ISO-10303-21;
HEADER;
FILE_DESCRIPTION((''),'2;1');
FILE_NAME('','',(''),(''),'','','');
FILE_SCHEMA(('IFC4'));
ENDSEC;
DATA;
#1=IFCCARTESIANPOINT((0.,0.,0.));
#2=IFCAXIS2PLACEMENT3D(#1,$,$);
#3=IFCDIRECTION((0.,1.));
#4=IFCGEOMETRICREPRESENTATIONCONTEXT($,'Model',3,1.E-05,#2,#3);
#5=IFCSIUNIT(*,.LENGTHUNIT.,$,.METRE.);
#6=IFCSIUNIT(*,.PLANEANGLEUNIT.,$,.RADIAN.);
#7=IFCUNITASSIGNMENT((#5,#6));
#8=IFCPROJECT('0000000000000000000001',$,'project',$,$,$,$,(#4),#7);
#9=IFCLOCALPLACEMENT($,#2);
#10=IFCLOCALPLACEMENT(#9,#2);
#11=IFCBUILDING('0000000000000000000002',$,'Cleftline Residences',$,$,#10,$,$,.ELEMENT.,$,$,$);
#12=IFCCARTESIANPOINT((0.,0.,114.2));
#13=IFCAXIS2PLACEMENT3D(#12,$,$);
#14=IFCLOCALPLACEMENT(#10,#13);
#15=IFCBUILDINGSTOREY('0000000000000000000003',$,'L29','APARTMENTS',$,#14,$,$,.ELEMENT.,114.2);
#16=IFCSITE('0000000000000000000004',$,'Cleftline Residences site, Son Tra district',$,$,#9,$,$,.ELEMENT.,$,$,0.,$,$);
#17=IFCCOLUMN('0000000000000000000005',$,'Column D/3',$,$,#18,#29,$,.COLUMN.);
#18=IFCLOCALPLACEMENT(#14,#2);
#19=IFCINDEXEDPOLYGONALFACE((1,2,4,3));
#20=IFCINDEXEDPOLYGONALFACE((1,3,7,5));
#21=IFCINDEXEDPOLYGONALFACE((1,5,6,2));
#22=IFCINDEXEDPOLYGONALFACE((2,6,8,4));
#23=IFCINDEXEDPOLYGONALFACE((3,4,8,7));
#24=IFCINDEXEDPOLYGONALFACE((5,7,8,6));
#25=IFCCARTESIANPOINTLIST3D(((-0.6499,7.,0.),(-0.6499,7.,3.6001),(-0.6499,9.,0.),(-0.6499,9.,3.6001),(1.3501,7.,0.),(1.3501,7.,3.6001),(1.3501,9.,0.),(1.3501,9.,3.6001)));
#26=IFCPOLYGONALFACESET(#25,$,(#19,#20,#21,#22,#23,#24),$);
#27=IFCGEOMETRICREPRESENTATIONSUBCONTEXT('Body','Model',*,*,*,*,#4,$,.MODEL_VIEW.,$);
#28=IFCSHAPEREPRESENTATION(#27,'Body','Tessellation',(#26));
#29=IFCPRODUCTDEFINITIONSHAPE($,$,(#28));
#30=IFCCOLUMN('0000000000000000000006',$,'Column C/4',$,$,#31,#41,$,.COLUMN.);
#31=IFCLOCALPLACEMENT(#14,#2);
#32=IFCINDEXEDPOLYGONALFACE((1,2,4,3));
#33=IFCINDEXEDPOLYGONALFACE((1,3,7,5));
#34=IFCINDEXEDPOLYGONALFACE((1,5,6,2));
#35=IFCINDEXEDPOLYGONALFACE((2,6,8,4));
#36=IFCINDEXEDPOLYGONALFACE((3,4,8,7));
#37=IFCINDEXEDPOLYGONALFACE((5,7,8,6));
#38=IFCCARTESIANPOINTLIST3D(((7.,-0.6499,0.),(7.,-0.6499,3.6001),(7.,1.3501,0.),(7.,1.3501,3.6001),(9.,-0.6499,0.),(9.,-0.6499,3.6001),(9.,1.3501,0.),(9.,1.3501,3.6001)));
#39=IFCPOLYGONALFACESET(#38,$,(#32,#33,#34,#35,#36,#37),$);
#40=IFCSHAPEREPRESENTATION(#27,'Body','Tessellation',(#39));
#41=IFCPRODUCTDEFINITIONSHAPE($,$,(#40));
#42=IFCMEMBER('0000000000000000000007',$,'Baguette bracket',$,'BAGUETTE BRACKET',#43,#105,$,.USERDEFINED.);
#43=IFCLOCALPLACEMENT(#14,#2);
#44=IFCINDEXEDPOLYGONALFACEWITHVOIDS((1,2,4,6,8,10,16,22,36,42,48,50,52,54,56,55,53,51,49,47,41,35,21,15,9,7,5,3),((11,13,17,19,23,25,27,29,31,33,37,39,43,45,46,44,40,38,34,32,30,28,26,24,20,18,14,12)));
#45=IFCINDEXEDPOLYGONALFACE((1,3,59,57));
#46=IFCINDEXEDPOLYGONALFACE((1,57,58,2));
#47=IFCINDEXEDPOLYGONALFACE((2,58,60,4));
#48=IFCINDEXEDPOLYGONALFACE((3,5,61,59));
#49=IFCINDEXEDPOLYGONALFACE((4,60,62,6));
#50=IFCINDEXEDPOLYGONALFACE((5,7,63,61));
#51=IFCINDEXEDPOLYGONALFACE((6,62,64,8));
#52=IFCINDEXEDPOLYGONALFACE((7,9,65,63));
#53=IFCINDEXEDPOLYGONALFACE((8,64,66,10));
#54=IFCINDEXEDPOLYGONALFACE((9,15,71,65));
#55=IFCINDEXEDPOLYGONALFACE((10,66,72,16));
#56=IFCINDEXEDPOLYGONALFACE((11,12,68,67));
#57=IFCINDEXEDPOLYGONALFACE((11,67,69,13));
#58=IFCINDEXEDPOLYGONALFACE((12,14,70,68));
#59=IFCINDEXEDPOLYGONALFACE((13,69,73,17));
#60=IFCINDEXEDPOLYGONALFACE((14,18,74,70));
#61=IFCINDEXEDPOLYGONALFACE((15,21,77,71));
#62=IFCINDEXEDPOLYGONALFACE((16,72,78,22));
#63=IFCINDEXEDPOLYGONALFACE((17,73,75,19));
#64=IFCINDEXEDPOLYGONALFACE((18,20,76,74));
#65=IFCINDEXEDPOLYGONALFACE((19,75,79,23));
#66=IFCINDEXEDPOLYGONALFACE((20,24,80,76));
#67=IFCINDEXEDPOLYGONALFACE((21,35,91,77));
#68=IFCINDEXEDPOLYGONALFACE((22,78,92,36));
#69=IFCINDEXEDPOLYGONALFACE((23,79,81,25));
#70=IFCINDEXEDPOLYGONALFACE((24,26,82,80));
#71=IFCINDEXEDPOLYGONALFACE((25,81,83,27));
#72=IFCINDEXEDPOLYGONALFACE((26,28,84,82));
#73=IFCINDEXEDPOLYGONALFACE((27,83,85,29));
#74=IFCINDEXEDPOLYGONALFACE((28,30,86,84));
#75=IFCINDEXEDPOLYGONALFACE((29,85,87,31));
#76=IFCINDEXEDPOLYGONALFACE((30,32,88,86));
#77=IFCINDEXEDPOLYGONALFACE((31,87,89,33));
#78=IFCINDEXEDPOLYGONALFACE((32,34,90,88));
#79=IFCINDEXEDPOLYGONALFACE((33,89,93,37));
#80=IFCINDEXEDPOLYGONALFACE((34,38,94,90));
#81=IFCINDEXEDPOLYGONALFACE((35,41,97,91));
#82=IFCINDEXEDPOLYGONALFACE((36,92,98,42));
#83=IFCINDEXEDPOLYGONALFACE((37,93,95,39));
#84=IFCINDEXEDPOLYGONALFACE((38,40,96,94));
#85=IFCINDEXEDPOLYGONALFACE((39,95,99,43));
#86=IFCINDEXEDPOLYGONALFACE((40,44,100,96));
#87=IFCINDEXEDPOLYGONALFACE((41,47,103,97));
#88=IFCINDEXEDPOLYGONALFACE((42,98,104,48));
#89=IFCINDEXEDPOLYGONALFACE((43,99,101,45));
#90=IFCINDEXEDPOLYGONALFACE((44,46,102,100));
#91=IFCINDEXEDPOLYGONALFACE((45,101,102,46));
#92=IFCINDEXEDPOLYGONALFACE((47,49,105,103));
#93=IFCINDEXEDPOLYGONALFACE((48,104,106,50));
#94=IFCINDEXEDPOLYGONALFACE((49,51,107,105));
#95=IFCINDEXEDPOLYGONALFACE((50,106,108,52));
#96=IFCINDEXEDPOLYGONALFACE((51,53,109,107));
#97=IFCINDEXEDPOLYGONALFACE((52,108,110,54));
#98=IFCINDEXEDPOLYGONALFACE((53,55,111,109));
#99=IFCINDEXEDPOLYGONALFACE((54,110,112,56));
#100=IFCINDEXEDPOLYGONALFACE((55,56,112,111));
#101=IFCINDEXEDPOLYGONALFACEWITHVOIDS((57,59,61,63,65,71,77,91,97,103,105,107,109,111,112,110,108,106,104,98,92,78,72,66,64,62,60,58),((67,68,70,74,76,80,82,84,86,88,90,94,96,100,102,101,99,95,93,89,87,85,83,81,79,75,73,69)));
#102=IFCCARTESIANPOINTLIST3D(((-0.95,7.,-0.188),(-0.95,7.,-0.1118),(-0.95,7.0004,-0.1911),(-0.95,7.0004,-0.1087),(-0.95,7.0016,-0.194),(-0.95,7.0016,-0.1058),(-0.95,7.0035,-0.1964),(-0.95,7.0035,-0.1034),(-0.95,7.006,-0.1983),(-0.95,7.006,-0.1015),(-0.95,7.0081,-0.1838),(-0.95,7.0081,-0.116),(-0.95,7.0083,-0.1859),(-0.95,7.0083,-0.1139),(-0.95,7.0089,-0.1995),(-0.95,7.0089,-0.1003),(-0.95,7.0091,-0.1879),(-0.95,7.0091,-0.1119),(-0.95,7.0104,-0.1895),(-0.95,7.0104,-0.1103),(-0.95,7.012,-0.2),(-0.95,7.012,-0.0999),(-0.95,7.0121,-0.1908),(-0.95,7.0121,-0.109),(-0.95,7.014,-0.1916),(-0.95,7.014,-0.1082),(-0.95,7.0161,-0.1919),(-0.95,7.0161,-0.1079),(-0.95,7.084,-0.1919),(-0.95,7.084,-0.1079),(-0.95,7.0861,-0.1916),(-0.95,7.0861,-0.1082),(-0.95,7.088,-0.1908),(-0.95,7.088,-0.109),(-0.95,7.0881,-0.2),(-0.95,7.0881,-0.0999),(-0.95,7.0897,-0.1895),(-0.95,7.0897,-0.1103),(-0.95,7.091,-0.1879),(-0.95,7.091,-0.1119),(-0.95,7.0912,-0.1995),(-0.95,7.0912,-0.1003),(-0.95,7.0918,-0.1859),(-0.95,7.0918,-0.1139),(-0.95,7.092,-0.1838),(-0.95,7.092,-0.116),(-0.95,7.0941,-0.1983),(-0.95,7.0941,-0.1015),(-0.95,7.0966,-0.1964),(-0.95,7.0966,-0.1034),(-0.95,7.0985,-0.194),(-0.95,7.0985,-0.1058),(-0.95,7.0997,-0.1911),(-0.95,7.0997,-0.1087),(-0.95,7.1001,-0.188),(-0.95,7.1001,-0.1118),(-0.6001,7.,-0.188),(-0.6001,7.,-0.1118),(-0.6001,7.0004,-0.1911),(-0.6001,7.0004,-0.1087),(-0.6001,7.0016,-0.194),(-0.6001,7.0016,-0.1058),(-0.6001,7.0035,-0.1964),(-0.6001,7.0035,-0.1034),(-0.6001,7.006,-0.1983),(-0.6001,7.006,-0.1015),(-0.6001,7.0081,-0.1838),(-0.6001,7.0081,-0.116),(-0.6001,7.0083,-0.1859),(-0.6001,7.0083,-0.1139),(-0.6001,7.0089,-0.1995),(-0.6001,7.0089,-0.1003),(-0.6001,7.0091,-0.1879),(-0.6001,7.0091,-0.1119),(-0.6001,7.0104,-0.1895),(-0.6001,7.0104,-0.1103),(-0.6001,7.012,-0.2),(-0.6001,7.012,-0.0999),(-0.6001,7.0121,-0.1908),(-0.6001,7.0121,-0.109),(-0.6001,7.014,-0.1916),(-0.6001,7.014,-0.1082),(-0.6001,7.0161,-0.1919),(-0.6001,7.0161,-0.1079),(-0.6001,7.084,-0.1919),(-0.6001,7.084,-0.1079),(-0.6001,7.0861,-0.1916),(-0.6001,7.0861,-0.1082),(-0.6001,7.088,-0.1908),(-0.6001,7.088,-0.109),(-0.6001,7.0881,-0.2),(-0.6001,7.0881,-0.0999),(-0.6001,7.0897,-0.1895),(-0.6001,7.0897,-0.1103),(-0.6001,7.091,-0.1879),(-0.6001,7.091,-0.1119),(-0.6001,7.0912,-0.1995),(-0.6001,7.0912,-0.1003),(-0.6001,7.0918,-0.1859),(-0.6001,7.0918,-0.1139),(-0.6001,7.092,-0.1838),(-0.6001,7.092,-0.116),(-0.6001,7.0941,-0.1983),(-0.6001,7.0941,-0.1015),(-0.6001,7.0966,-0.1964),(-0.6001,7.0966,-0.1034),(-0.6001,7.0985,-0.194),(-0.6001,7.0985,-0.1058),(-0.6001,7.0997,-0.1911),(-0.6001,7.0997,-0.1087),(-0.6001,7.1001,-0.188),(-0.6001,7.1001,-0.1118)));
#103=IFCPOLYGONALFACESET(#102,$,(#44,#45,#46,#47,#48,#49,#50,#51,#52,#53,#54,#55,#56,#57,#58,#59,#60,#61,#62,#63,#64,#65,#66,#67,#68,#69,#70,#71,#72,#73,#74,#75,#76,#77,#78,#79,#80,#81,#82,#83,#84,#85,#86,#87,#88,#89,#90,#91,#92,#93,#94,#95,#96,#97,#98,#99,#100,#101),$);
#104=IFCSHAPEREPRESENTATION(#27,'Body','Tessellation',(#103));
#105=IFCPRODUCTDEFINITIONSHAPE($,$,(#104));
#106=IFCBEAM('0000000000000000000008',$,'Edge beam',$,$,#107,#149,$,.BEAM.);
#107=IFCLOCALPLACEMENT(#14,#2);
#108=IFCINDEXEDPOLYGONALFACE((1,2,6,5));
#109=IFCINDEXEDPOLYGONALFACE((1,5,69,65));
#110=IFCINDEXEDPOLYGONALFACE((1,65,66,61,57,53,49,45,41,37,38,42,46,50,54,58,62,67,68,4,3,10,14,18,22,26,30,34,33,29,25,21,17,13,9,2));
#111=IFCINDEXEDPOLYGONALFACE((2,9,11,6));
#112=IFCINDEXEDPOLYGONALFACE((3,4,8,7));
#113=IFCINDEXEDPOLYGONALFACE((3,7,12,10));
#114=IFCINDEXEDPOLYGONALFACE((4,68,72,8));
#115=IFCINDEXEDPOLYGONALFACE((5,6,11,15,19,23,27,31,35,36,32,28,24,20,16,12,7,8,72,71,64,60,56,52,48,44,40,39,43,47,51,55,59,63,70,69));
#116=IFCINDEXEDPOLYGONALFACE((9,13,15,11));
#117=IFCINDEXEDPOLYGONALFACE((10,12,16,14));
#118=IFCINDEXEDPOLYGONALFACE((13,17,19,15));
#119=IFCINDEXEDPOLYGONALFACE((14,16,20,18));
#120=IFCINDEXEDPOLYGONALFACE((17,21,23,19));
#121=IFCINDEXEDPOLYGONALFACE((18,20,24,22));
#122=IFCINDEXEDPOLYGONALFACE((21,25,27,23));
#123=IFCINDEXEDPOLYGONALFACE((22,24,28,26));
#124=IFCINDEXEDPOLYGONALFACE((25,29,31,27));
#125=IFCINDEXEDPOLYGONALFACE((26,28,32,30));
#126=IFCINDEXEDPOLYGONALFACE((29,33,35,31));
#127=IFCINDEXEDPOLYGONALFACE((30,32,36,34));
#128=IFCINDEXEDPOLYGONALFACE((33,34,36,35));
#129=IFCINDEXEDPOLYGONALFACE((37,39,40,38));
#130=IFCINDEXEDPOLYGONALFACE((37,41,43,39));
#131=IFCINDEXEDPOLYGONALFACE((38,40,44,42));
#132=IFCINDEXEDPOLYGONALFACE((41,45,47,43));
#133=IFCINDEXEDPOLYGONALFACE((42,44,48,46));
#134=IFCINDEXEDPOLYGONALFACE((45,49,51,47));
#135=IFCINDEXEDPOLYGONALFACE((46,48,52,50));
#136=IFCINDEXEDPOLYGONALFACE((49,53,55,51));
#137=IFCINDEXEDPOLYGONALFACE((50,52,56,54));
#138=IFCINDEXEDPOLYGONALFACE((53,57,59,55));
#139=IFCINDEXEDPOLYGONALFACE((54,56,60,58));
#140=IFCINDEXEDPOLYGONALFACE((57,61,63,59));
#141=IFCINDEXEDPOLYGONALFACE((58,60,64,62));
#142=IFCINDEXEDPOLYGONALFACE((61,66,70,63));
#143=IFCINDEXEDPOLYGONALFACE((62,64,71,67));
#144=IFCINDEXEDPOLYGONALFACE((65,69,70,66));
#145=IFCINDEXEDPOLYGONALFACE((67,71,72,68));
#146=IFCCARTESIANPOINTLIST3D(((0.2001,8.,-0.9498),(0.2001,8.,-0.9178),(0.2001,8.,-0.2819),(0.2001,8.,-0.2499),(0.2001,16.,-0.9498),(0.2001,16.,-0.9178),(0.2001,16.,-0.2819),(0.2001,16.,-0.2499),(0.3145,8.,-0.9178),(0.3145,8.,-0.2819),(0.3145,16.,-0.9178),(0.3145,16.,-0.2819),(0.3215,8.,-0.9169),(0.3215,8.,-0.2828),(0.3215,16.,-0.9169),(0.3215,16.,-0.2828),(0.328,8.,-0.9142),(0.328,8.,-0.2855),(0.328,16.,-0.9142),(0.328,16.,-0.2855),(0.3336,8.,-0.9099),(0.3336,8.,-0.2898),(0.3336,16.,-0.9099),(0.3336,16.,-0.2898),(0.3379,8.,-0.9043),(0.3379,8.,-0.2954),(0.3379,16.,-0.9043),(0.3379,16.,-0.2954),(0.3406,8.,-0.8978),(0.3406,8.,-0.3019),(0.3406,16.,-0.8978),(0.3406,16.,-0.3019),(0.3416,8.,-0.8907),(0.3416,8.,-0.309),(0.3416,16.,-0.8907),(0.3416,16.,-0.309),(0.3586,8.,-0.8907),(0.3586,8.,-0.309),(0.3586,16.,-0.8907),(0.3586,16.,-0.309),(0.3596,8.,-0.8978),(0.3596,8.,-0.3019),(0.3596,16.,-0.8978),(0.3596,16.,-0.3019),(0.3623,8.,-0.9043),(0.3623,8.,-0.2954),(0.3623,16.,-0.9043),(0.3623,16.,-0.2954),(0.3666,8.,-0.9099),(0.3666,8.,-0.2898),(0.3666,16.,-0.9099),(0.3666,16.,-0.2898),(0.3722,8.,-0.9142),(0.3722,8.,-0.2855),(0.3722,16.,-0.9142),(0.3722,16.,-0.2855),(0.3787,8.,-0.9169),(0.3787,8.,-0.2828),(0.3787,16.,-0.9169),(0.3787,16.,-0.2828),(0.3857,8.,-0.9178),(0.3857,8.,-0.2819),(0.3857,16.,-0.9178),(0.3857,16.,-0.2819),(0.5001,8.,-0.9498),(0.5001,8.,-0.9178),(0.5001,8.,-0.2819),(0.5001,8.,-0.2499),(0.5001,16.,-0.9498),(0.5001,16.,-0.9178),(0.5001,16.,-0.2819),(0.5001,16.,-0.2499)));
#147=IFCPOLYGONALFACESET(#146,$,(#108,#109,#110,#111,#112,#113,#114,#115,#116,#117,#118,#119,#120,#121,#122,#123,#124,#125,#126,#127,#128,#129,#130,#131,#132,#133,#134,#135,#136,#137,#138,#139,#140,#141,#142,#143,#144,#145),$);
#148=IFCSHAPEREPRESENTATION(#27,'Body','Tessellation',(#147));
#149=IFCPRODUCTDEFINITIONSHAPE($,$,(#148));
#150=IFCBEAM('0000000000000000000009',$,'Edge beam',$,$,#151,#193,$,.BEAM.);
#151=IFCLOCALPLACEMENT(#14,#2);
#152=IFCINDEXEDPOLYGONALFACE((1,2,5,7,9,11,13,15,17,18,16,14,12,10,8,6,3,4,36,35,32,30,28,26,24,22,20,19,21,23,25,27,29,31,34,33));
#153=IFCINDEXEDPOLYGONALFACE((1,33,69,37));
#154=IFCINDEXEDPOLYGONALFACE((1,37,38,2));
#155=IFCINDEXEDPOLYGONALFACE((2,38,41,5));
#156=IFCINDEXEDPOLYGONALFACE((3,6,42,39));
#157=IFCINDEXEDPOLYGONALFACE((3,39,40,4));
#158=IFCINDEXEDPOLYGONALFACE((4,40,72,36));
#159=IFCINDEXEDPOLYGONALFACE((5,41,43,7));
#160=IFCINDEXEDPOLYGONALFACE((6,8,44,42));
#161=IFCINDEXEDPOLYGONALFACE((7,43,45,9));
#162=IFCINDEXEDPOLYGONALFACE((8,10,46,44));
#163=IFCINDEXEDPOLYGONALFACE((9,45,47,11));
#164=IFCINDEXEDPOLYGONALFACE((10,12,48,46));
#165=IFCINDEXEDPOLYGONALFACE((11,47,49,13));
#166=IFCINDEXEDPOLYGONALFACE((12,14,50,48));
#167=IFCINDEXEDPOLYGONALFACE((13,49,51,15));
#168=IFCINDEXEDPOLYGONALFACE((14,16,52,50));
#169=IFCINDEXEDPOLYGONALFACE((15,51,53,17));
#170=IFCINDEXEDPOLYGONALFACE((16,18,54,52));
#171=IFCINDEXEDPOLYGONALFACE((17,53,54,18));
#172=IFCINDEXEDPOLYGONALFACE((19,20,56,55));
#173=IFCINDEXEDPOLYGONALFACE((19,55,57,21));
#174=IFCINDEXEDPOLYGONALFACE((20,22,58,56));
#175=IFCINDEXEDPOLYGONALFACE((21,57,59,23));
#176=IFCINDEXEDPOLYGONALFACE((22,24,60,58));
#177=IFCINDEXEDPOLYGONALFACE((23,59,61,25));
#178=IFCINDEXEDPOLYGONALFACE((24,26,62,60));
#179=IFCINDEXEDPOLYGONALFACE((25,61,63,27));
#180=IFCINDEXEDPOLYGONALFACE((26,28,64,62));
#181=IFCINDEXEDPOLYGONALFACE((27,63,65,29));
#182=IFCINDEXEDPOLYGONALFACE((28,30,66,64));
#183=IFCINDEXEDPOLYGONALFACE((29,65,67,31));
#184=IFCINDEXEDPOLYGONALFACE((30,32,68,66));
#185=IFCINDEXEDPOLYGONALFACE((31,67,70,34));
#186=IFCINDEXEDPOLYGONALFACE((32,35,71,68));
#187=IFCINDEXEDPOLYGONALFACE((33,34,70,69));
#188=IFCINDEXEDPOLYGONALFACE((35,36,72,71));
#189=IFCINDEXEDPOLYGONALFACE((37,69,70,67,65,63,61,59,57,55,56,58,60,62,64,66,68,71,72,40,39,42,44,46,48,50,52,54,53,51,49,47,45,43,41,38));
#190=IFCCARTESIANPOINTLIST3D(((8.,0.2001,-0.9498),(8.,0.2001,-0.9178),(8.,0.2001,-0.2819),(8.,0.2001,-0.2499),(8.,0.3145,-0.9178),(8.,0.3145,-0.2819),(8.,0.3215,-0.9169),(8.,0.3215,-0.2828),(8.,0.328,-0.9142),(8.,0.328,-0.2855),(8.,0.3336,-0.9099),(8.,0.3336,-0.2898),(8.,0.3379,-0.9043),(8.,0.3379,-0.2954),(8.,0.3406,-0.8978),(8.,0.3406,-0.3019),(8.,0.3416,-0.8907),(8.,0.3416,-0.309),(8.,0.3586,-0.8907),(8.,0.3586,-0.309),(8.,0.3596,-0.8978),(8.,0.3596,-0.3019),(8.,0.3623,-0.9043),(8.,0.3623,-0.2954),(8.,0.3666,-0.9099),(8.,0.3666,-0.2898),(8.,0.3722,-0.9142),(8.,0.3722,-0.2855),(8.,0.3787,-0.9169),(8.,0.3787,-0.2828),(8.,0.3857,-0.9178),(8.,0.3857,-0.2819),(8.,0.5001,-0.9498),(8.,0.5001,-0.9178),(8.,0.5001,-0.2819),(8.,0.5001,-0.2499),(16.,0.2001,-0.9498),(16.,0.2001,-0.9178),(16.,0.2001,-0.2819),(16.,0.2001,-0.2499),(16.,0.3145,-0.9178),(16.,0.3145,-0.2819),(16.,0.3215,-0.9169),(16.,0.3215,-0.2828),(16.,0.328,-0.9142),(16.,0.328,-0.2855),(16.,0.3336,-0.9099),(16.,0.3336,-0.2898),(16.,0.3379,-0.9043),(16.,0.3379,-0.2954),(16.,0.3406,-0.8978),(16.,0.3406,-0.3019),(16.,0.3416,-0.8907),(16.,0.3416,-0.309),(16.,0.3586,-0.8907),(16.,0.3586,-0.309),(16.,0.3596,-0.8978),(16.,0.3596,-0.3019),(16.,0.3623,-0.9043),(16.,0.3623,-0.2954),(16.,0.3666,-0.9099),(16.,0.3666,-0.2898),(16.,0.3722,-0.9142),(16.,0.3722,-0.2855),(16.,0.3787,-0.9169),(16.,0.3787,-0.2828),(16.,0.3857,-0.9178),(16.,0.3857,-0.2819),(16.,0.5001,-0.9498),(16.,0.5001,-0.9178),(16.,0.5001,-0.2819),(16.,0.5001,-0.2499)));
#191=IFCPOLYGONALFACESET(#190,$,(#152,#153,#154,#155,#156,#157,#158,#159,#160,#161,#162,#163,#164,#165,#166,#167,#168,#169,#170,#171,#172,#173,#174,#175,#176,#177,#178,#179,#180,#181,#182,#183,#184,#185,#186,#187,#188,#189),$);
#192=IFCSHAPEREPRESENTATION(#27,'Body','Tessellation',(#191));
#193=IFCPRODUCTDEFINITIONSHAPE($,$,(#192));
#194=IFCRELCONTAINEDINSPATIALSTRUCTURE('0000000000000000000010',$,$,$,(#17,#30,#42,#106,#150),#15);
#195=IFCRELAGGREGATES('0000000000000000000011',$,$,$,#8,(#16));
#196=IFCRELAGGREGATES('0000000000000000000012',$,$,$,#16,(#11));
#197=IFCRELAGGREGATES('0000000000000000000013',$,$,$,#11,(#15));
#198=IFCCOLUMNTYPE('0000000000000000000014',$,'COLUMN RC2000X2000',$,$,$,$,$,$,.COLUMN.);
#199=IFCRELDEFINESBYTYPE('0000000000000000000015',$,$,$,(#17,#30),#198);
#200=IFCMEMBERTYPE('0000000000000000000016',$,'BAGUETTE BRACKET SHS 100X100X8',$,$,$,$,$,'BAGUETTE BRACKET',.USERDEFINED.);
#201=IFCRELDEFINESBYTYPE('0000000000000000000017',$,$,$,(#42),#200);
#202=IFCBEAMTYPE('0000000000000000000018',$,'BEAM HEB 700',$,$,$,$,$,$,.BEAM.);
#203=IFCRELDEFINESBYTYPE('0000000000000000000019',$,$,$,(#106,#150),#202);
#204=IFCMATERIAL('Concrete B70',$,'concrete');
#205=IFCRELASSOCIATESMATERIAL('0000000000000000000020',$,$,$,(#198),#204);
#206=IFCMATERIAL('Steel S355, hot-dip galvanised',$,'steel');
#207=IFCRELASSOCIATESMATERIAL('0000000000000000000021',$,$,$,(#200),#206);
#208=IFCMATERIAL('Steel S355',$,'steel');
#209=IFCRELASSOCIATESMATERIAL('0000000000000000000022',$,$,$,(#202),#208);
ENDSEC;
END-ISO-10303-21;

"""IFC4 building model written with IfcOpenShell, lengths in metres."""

from ifc_helpers import new_model, si_unit, direction, frame, origin, origin_2d, place, context, subcontext, project, spatial, rectangle, hollow_rectangle, i_section, extrude, material, material_profile, profile_set, type_object, element, save


model = new_model("IFC4")

# Units and contexts
model_context = context("Model", 3, precision=1e-05, world=origin(), true_north=direction((0.0, 1.0)))
body_context = subcontext(model_context, "Body", "Model", "MODEL_VIEW")
ifc_project = project(units=[si_unit("LENGTHUNIT", "METRE"), si_unit("PLANEANGLEUNIT", "RADIAN")], contexts=[model_context])

# Site, building, storey
site_placement = place(None, origin())
site = spatial("IfcSite", under=ifc_project, at=site_placement, Name="Cleftline Residences site, Son Tra district", CompositionType="ELEMENT", RefElevation=0.0)
building_placement = place(site_placement, origin())
building = spatial("IfcBuilding", under=site, at=building_placement, Name="Cleftline Residences", CompositionType="ELEMENT")
storey_placement = place(building_placement, frame((0.0, 0.0, 114.2)))
storey = spatial("IfcBuildingStorey", under=building, at=storey_placement, Name="L29", Description="APARTMENTS", CompositionType="ELEMENT", Elevation=114.2)

# Columns
ifc_material_1 = material(Name="Concrete B70", Category="concrete")
ifc_material_profile_1 = material_profile(ifc_material_1, rectangle(XDim=2.0, YDim=2.0, at=origin_2d()))
ifc_profile_set_1 = profile_set([ifc_material_profile_1], Name="Concrete B70")
column_type = type_object("IfcColumnType", Name="COLUMN RC2000X2000", PredefinedType="COLUMN", material=ifc_profile_set_1)
for number, where, z_axis, x_axis, name in (
    (1, (0.3501, 8.0, 0.0), (0.0, 0.0, 1.0), (1.0, 0.0, 0.0), "Column D/3"),
    (2, (8.0, 0.3501, 0.0), (0.0, 0.0, 1.0), (1.0, 0.0, 0.0), "Column C/4"),
):
    element("IfcColumn", number, at=place(storey_placement, frame(where, z_axis=z_axis, x_axis=x_axis)), inside=storey, type_object=column_type, Name=name, PredefinedType="COLUMN", context=body_context, shape_type="SweptSolid", body=[
        extrude(rectangle(XDim=2.0, YDim=2.0, at=origin_2d()), origin(), (0.0, 0.0, 1.0), 3.6001),
    ])

# Member
ifc_material_2 = material(Name="Steel S355, hot-dip galvanised", Category="steel")
ifc_material_profile_2 = material_profile(ifc_material_2, hollow_rectangle(XDim=0.1001, YDim=0.1001, WallThickness=0.0081, InnerFilletRadius=0.0081, OuterFilletRadius=0.012, at=origin_2d()))
ifc_profile_set_2 = profile_set([ifc_material_profile_2], Name="Steel S355, hot-dip galvanised")
member_type_1 = type_object("IfcMemberType", Name="BAGUETTE BRACKET SHS 100X100X8", ElementType="BAGUETTE BRACKET", PredefinedType="USERDEFINED", material=ifc_profile_set_2)
member_placement = place(storey_placement, frame((-0.6001, 7.05, -0.1499), z_axis=(-1.0, 0.0, 0.0), x_axis=(0.0, -1.0, 0.0)))
element("IfcMember", 3, at=member_placement, inside=storey, type_object=member_type_1, Name="Baguette bracket", ObjectType="BAGUETTE BRACKET", PredefinedType="USERDEFINED", context=body_context, shape_type="SweptSolid", body=[
    extrude(hollow_rectangle(XDim=0.1001, YDim=0.1001, WallThickness=0.0081, InnerFilletRadius=0.0081, OuterFilletRadius=0.012, at=origin_2d()), origin(), (0.0, 0.0, 1.0), 0.3499),
])

# Beams
ifc_material_3 = material(Name="Steel S355", Category="steel")
ifc_material_profile_3 = material_profile(ifc_material_3, i_section(OverallWidth=0.3, OverallDepth=0.7, WebThickness=0.0171, FlangeThickness=0.032, FilletRadius=0.0271, at=origin_2d()))
ifc_profile_set_3 = profile_set([ifc_material_profile_3], Name="Steel S355")
beam_type = type_object("IfcBeamType", Name="BEAM HEB 700", PredefinedType="BEAM", material=ifc_profile_set_3)
for number, where, z_axis, x_axis, name in (
    (4, (0.3501, 8.0, -0.5999), (0.0, 1.0, 0.0), (-1.0, 0.0, 0.0), "Edge beam"),
    (5, (8.0, 0.3501, -0.5999), (1.0, 0.0, 0.0), (0.0, 1.0, 0.0), "Edge beam"),
):
    element("IfcBeam", number, at=place(storey_placement, frame(where, z_axis=z_axis, x_axis=x_axis)), inside=storey, type_object=beam_type, Name=name, PredefinedType="BEAM", context=body_context, shape_type="SweptSolid", body=[
        extrude(i_section(OverallWidth=0.3, OverallDepth=0.7, WebThickness=0.0171, FlangeThickness=0.032, FilletRadius=0.0271, at=origin_2d()), origin(), (0.0, 0.0, 1.0), 8.0),
    ])

save(model, "model.ifc")
